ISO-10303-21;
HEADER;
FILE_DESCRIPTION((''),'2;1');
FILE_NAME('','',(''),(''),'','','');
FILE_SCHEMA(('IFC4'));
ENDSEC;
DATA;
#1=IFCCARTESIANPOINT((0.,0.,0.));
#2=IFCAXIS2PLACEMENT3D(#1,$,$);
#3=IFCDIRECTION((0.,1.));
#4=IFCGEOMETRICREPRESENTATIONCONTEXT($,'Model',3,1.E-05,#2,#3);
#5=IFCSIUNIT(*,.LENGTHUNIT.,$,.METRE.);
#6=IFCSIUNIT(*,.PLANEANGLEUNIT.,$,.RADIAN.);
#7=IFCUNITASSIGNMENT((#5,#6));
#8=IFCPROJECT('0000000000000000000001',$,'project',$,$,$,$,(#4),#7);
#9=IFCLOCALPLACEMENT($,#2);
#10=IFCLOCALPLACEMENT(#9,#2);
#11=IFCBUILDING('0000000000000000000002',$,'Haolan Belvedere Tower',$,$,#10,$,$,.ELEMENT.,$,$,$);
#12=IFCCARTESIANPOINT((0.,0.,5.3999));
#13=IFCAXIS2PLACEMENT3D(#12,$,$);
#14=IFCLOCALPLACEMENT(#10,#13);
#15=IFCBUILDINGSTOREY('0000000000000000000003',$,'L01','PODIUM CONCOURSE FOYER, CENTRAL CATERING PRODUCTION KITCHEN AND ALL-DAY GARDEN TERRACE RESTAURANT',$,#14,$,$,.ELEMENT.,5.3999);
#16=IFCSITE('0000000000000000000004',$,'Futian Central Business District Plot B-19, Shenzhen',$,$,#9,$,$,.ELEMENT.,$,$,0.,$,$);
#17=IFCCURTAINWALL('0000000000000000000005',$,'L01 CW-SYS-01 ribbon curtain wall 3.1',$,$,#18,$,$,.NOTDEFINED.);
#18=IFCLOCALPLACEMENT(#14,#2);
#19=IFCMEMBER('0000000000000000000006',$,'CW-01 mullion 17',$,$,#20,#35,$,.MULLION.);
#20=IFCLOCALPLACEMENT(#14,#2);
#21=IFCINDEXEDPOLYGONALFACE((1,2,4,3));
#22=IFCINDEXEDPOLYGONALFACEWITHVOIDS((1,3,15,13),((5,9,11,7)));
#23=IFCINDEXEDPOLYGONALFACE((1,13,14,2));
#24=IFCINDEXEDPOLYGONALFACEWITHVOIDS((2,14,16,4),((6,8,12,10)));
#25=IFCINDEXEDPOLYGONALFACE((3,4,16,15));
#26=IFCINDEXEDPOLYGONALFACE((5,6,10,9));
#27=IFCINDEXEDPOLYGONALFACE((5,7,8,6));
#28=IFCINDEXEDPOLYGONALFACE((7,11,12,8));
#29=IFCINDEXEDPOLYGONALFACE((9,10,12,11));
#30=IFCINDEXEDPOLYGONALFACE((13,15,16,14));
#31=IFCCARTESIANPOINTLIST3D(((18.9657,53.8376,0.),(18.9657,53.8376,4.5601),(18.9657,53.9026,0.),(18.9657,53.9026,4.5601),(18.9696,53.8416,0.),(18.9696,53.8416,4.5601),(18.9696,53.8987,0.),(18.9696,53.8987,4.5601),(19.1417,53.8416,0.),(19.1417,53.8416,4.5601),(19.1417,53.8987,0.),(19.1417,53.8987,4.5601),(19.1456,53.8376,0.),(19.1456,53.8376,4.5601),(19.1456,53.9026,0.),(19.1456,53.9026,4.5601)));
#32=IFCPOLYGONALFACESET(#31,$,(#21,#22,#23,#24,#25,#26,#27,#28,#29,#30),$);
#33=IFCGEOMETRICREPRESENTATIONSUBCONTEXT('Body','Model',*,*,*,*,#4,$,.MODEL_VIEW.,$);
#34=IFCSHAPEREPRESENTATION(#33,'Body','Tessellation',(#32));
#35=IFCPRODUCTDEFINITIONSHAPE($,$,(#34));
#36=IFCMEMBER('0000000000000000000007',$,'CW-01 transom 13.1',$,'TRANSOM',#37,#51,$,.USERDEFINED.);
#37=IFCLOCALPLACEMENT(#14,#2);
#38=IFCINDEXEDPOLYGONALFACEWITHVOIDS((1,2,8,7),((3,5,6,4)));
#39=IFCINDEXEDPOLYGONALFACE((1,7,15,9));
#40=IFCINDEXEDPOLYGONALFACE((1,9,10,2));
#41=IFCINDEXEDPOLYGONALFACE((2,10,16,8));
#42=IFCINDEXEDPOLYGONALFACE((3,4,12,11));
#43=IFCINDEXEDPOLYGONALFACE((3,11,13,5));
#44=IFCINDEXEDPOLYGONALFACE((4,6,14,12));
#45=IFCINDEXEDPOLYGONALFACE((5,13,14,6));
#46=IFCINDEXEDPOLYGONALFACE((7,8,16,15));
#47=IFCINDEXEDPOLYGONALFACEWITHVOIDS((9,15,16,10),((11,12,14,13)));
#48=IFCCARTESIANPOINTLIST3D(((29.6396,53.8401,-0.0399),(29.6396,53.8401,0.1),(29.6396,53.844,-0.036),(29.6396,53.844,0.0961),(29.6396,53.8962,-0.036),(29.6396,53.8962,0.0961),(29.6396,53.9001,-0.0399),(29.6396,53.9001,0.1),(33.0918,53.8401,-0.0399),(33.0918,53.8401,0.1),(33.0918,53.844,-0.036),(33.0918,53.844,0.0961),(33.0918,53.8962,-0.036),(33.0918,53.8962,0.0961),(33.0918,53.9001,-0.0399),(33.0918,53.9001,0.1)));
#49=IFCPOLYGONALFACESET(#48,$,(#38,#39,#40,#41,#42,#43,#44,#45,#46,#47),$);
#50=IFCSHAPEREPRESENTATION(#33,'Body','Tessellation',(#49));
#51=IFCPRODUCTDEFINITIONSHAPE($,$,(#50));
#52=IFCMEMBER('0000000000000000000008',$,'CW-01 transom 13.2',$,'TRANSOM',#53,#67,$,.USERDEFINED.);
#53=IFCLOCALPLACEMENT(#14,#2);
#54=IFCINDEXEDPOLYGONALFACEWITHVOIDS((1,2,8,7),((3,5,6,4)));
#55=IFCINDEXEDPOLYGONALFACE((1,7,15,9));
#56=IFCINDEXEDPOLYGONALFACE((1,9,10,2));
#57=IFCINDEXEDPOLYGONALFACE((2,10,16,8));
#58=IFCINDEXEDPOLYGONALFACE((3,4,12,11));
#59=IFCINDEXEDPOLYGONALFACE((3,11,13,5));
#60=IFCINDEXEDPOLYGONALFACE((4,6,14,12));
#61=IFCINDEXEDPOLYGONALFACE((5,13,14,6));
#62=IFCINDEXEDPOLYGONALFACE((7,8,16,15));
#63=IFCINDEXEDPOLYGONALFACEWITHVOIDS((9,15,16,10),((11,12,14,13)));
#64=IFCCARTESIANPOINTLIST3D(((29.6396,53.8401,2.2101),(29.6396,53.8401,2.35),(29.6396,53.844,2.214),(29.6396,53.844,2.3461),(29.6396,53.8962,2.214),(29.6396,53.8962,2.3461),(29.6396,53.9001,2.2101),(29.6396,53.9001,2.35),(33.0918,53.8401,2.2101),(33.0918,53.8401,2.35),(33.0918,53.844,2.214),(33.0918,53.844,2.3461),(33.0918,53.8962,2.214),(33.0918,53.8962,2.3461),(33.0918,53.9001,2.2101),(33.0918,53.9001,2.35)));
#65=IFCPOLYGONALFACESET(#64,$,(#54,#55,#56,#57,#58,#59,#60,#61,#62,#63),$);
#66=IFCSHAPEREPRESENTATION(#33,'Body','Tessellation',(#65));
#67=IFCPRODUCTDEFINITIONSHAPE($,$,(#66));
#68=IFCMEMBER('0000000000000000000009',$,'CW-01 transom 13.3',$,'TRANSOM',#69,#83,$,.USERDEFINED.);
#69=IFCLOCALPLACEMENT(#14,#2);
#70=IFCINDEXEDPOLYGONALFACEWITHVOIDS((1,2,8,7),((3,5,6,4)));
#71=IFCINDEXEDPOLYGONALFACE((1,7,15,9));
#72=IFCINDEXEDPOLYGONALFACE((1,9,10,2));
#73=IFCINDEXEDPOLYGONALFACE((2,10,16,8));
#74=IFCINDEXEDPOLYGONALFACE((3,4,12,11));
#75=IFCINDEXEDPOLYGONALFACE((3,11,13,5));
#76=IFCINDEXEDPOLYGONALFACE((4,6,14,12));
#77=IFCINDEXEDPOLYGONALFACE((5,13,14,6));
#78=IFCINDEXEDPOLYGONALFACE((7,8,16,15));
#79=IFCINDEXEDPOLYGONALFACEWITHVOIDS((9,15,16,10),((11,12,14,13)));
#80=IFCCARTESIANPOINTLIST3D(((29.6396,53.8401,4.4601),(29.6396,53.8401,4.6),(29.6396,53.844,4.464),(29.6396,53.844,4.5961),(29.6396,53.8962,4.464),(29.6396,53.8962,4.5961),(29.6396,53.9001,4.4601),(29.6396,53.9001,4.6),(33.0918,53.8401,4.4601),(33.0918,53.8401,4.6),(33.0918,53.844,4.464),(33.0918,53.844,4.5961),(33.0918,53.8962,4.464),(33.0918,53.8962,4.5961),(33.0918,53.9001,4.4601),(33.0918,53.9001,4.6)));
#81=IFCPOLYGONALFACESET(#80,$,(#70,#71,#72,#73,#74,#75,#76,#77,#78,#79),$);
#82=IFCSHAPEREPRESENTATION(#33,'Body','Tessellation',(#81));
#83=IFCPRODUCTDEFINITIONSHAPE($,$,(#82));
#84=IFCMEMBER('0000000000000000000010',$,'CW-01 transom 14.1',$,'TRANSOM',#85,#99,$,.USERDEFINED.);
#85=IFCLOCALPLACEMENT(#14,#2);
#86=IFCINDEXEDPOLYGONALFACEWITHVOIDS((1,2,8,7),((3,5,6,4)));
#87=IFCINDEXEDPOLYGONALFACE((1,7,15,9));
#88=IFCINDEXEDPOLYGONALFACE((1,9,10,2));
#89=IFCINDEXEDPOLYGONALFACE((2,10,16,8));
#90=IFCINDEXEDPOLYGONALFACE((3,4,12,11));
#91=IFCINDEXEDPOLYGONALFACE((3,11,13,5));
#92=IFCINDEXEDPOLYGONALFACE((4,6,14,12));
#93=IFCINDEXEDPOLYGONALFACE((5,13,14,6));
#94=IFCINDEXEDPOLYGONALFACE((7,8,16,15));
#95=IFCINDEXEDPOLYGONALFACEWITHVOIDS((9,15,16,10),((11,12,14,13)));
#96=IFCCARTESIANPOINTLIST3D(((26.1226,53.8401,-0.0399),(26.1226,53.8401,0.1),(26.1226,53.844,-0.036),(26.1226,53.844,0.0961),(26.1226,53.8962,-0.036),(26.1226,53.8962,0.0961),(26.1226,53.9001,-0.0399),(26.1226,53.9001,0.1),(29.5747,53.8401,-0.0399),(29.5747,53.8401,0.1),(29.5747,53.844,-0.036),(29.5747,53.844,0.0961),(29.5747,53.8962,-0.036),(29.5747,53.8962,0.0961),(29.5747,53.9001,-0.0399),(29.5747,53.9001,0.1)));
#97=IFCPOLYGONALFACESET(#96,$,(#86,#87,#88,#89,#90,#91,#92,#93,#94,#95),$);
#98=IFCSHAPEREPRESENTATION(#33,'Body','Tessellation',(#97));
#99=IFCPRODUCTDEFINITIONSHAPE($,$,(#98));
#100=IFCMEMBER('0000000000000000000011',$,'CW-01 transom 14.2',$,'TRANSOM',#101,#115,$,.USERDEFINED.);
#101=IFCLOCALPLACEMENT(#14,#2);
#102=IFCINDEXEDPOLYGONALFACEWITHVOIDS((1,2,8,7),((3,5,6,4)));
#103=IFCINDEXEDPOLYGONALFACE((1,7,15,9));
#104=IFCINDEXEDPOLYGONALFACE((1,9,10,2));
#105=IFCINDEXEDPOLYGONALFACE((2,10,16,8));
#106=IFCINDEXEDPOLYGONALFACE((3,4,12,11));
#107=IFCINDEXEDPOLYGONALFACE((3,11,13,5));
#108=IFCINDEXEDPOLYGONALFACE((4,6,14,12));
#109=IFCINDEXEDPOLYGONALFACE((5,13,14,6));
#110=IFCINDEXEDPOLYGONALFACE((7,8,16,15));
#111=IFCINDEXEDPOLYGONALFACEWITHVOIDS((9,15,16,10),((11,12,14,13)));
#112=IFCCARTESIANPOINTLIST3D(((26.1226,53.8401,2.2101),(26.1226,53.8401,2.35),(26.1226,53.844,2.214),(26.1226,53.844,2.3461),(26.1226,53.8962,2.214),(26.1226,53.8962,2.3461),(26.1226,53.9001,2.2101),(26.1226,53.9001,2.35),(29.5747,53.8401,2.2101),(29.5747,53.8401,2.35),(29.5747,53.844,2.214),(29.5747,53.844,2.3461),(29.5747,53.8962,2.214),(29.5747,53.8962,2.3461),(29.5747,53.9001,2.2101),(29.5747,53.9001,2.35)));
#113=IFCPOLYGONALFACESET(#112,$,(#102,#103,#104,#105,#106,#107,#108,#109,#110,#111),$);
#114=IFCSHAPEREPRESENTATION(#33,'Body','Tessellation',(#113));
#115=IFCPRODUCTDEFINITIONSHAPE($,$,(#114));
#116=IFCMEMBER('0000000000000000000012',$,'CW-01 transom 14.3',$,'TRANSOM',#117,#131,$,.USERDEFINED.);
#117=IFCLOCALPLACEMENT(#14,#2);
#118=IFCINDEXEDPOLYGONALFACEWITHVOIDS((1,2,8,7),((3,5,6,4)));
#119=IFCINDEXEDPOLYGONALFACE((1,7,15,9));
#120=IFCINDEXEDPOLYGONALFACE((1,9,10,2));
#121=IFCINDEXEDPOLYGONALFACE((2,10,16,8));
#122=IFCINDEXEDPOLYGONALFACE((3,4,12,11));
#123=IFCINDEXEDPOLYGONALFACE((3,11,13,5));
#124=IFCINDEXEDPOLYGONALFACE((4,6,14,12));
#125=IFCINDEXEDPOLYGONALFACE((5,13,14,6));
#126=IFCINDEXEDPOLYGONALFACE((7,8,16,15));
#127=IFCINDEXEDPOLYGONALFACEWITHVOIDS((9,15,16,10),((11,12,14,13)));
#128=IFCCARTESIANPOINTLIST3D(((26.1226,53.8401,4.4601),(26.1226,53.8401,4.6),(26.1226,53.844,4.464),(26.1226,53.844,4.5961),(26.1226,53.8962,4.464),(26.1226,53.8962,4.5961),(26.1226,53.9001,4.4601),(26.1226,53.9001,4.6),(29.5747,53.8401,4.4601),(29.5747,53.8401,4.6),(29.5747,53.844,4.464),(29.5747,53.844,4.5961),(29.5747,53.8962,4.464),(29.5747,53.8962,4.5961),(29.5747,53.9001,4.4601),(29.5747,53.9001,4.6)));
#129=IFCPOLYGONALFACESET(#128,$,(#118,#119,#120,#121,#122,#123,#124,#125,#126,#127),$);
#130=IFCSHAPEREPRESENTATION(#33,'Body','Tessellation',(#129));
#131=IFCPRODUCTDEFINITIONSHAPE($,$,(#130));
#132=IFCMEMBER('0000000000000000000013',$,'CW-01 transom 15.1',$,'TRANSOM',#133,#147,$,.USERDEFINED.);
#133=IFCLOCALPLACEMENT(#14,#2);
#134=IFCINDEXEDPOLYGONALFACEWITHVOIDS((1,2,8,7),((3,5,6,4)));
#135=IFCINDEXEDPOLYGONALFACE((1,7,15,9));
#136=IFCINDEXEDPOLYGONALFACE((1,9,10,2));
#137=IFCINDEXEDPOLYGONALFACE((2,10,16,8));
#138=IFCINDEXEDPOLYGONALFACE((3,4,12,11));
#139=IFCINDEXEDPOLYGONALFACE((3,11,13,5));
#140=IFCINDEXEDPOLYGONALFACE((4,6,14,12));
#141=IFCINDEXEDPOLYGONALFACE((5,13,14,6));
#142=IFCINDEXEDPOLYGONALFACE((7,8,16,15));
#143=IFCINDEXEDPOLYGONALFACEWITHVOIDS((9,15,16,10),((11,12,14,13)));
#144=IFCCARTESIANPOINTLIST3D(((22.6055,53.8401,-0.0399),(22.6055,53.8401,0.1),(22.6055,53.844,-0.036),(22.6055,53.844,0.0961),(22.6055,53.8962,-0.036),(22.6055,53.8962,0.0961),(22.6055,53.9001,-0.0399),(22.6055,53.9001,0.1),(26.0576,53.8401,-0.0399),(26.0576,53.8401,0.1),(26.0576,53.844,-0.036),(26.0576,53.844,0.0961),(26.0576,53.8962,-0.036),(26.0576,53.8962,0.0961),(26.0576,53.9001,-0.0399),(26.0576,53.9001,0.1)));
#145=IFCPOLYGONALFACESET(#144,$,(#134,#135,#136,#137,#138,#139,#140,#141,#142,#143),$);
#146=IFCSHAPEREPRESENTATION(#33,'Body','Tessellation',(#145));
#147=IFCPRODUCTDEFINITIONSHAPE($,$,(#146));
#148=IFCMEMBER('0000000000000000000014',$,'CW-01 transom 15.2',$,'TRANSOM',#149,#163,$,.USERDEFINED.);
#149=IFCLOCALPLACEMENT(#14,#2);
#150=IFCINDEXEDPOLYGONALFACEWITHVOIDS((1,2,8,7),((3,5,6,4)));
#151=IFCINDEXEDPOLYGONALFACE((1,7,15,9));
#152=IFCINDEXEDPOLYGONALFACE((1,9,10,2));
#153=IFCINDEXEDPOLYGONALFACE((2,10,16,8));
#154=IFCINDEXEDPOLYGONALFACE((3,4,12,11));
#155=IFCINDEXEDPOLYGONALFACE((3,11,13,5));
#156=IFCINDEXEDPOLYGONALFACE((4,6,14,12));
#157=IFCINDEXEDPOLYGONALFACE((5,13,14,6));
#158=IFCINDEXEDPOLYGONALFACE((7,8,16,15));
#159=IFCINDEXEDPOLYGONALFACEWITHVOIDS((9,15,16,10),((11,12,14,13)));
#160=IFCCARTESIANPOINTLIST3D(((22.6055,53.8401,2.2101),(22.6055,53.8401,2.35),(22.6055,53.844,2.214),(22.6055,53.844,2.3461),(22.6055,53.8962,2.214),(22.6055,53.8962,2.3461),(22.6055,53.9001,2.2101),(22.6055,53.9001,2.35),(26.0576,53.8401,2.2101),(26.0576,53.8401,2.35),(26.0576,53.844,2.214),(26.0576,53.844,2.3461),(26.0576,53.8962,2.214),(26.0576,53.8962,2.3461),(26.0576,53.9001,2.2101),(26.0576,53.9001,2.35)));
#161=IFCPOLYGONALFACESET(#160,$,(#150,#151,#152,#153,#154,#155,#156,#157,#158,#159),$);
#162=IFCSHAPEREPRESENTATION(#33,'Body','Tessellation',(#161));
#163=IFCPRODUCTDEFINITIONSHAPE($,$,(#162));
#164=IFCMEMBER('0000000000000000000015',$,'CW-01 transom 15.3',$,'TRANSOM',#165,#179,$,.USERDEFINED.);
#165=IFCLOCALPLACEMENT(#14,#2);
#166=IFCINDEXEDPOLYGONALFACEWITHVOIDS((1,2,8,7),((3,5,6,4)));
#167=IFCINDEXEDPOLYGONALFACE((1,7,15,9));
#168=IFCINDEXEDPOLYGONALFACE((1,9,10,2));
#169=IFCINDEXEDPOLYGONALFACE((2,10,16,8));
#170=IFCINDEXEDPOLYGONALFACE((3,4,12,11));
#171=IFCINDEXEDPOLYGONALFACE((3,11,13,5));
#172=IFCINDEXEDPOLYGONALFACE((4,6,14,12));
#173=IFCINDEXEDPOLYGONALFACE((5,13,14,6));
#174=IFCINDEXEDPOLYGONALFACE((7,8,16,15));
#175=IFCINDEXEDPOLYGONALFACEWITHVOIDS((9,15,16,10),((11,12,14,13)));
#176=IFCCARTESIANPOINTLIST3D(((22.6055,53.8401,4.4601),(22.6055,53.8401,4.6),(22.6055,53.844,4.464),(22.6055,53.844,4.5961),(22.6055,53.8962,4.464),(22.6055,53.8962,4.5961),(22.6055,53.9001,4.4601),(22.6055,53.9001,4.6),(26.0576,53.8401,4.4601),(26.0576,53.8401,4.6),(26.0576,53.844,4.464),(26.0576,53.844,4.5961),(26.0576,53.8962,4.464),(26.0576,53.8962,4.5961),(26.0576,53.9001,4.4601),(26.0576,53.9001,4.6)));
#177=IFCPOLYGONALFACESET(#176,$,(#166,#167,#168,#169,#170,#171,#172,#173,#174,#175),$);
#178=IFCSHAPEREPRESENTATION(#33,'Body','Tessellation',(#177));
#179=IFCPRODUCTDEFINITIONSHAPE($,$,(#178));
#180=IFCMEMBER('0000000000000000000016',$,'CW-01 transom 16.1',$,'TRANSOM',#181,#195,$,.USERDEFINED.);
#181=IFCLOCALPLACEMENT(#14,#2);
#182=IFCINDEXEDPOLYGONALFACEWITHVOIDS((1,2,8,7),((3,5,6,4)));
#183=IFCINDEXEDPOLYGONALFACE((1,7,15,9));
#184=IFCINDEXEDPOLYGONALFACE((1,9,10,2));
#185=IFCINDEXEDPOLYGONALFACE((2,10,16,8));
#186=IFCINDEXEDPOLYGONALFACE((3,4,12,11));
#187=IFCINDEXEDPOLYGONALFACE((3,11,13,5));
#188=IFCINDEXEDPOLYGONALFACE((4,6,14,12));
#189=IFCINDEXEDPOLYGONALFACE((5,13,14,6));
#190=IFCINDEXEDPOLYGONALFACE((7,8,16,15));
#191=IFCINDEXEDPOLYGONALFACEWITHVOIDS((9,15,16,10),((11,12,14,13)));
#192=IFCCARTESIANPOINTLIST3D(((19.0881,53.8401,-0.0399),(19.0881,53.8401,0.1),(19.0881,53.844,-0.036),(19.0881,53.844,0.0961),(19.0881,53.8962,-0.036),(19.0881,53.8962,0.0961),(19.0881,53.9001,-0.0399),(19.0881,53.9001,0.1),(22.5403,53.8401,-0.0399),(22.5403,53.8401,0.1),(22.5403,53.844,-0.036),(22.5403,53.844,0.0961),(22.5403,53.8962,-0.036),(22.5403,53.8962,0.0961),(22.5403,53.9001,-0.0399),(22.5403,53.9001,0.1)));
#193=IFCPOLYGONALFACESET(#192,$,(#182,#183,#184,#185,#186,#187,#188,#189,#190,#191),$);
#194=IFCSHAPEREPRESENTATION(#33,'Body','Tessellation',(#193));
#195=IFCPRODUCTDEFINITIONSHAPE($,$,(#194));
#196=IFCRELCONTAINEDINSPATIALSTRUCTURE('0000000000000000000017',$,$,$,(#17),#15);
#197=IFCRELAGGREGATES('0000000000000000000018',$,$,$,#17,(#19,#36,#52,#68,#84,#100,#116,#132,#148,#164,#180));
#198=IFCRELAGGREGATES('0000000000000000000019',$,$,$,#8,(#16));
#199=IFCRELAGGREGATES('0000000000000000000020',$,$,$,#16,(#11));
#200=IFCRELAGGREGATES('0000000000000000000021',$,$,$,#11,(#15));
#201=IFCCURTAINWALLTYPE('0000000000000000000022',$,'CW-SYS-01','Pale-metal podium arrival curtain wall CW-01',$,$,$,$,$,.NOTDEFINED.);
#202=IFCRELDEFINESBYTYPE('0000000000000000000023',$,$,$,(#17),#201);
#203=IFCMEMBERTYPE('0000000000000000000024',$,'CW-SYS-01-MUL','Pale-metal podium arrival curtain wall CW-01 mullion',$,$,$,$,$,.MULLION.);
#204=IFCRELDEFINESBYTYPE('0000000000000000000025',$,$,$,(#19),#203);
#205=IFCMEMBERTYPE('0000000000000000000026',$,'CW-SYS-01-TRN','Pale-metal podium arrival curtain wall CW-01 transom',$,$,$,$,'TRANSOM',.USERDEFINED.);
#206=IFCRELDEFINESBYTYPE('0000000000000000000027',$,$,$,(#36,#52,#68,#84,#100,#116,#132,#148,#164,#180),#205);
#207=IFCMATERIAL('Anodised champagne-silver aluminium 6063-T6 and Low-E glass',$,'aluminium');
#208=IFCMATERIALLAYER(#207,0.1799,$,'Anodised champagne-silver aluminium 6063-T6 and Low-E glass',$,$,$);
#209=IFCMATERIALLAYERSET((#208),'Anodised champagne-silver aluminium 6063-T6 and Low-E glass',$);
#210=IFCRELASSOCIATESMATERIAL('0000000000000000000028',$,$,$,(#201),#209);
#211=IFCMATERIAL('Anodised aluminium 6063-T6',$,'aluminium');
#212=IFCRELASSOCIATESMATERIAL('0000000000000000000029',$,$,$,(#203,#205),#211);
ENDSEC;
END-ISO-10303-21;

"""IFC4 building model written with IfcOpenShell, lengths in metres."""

from ifc_helpers import new_model, si_unit, direction, frame, origin, origin_2d, place, context, subcontext, project, spatial, hollow_rectangle, extrude, material, layer, layer_set, material_profile, profile_set, type_object, element, aggregate, save


model = new_model("IFC4")

# Units and contexts
model_context = context("Model", 3, precision=1e-05, world=origin(), true_north=direction((0.0, 1.0)))
body_context = subcontext(model_context, "Body", "Model", "MODEL_VIEW")
ifc_project = project(units=[si_unit("LENGTHUNIT", "METRE"), si_unit("PLANEANGLEUNIT", "RADIAN")], contexts=[model_context])

# Site, building, storey
site_placement = place(None, origin())
site = spatial("IfcSite", under=ifc_project, at=site_placement, Name="Futian Central Business District Plot B-19, Shenzhen", CompositionType="ELEMENT", RefElevation=0.0)
building_placement = place(site_placement, origin())
building = spatial("IfcBuilding", under=site, at=building_placement, Name="Haolan Belvedere Tower", CompositionType="ELEMENT")
storey_placement = place(building_placement, frame((0.0, 0.0, 5.3999)))
storey = spatial("IfcBuildingStorey", under=building, at=storey_placement, Name="L01", Description="PODIUM CONCOURSE FOYER, CENTRAL CATERING PRODUCTION KITCHEN AND ALL-DAY GARDEN TERRACE RESTAURANT", CompositionType="ELEMENT", Elevation=5.3999)

# Curtain wall, members
ifc_material_1 = material(Name="Anodised champagne-silver aluminium 6063-T6 and Low-E glass", Category="aluminium")
ifc_layer_1 = layer(ifc_material_1, 0.1799, Name="Anodised champagne-silver aluminium 6063-T6 and Low-E glass")
ifc_layer_set_1 = layer_set([ifc_layer_1], Name="Anodised champagne-silver aluminium 6063-T6 and Low-E glass")
curtain_wall_type = type_object("IfcCurtainWallType", Name="CW-SYS-01", Description="Pale-metal podium arrival curtain wall CW-01", PredefinedType="NOTDEFINED", material=ifc_layer_set_1)
curtain_wall_placement = place(storey_placement, origin())
curtain_wall = element("IfcCurtainWall", 1, at=curtain_wall_placement, inside=storey, type_object=curtain_wall_type, Name="L01 CW-SYS-01 ribbon curtain wall 3.1", PredefinedType="NOTDEFINED")
ifc_material_2 = material(Name="Anodised aluminium 6063-T6", Category="aluminium")
ifc_material_profile_1 = material_profile(ifc_material_2, hollow_rectangle(XDim=0.0649, YDim=0.1799, WallThickness=0.0039, at=origin_2d()), Name="Anodised aluminium 6063-T6")
ifc_profile_set_1 = profile_set([ifc_material_profile_1], Name="Anodised aluminium 6063-T6")
member_type_1 = type_object("IfcMemberType", Name="CW-SYS-01-MUL", Description="Pale-metal podium arrival curtain wall CW-01 mullion", PredefinedType="MULLION", material=ifc_profile_set_1)
member_1_placement = place(storey_placement, frame((19.0557, 53.8701, 0.0), z_axis=(0.0, 0.0, 1.0), x_axis=(0.0, -1.0, 0.0)))
member_1 = element("IfcMember", 2, at=member_1_placement, type_object=member_type_1, Name="CW-01 mullion 17", PredefinedType="MULLION", context=body_context, shape_type="SweptSolid", body=[
    extrude(hollow_rectangle(XDim=0.0649, YDim=0.1799, WallThickness=0.0039, at=origin_2d()), origin(), (0.0, 0.0, 1.0), 4.5601),
])
ifc_material_profile_2 = material_profile(ifc_material_2, hollow_rectangle(XDim=0.0601, YDim=0.1399, WallThickness=0.0039, at=origin_2d()), Name="Anodised aluminium 6063-T6")
ifc_profile_set_2 = profile_set([ifc_material_profile_2], Name="Anodised aluminium 6063-T6")
member_type_2 = type_object("IfcMemberType", Name="CW-SYS-01-TRN", Description="Pale-metal podium arrival curtain wall CW-01 transom", ElementType="TRANSOM", PredefinedType="USERDEFINED", material=ifc_profile_set_2)
member_2_placement = place(storey_placement, frame((33.0918, 53.8701, 0.03), z_axis=(-1.0, 0.0, 0.0), x_axis=(0.0, -1.0, 0.0)))
member_2 = element("IfcMember", 3, at=member_2_placement, type_object=member_type_2, Name="CW-01 transom 13.1", ObjectType="TRANSOM", PredefinedType="USERDEFINED", context=body_context, shape_type="SweptSolid", body=[
    extrude(hollow_rectangle(XDim=0.0601, YDim=0.1399, WallThickness=0.0039, at=origin_2d()), origin(), (0.0, 0.0, 1.0), 3.4521),
])
member_3_placement = place(storey_placement, frame((33.0918, 53.8701, 2.28), z_axis=(-1.0, 0.0, 0.0), x_axis=(0.0, -1.0, 0.0)))
member_3 = element("IfcMember", 4, at=member_3_placement, type_object=member_type_2, Name="CW-01 transom 13.2", ObjectType="TRANSOM", PredefinedType="USERDEFINED", context=body_context, shape_type="SweptSolid", body=[
    extrude(hollow_rectangle(XDim=0.0601, YDim=0.1399, WallThickness=0.0039, at=origin_2d()), origin(), (0.0, 0.0, 1.0), 3.4521),
])
member_4_placement = place(storey_placement, frame((33.0918, 53.8701, 4.53), z_axis=(-1.0, 0.0, 0.0), x_axis=(0.0, -1.0, 0.0)))
member_4 = element("IfcMember", 5, at=member_4_placement, type_object=member_type_2, Name="CW-01 transom 13.3", ObjectType="TRANSOM", PredefinedType="USERDEFINED", context=body_context, shape_type="SweptSolid", body=[
    extrude(hollow_rectangle(XDim=0.0601, YDim=0.1399, WallThickness=0.0039, at=origin_2d()), origin(), (0.0, 0.0, 1.0), 3.4521),
])
member_5_placement = place(storey_placement, frame((29.5747, 53.8701, 0.03), z_axis=(-1.0, 0.0, 0.0), x_axis=(0.0, -1.0, 0.0)))
member_5 = element("IfcMember", 6, at=member_5_placement, type_object=member_type_2, Name="CW-01 transom 14.1", ObjectType="TRANSOM", PredefinedType="USERDEFINED", context=body_context, shape_type="SweptSolid", body=[
    extrude(hollow_rectangle(XDim=0.0601, YDim=0.1399, WallThickness=0.0039, at=origin_2d()), origin(), (0.0, 0.0, 1.0), 3.4521),
])
member_6_placement = place(storey_placement, frame((29.5747, 53.8701, 2.28), z_axis=(-1.0, 0.0, 0.0), x_axis=(0.0, -1.0, 0.0)))
member_6 = element("IfcMember", 7, at=member_6_placement, type_object=member_type_2, Name="CW-01 transom 14.2", ObjectType="TRANSOM", PredefinedType="USERDEFINED", context=body_context, shape_type="SweptSolid", body=[
    extrude(hollow_rectangle(XDim=0.0601, YDim=0.1399, WallThickness=0.0039, at=origin_2d()), origin(), (0.0, 0.0, 1.0), 3.4521),
])
member_7_placement = place(storey_placement, frame((29.5747, 53.8701, 4.53), z_axis=(-1.0, 0.0, 0.0), x_axis=(0.0, -1.0, 0.0)))
member_7 = element("IfcMember", 8, at=member_7_placement, type_object=member_type_2, Name="CW-01 transom 14.3", ObjectType="TRANSOM", PredefinedType="USERDEFINED", context=body_context, shape_type="SweptSolid", body=[
    extrude(hollow_rectangle(XDim=0.0601, YDim=0.1399, WallThickness=0.0039, at=origin_2d()), origin(), (0.0, 0.0, 1.0), 3.4521),
])
member_8_placement = place(storey_placement, frame((26.0576, 53.8701, 0.03), z_axis=(-1.0, 0.0, 0.0), x_axis=(0.0, -1.0, 0.0)))
member_8 = element("IfcMember", 9, at=member_8_placement, type_object=member_type_2, Name="CW-01 transom 15.1", ObjectType="TRANSOM", PredefinedType="USERDEFINED", context=body_context, shape_type="SweptSolid", body=[
    extrude(hollow_rectangle(XDim=0.0601, YDim=0.1399, WallThickness=0.0039, at=origin_2d()), origin(), (0.0, 0.0, 1.0), 3.4521),
])
member_9_placement = place(storey_placement, frame((26.0576, 53.8701, 2.28), z_axis=(-1.0, 0.0, 0.0), x_axis=(0.0, -1.0, 0.0)))
member_9 = element("IfcMember", 10, at=member_9_placement, type_object=member_type_2, Name="CW-01 transom 15.2", ObjectType="TRANSOM", PredefinedType="USERDEFINED", context=body_context, shape_type="SweptSolid", body=[
    extrude(hollow_rectangle(XDim=0.0601, YDim=0.1399, WallThickness=0.0039, at=origin_2d()), origin(), (0.0, 0.0, 1.0), 3.4521),
])
member_10_placement = place(storey_placement, frame((26.0576, 53.8701, 4.53), z_axis=(-1.0, 0.0, 0.0), x_axis=(0.0, -1.0, 0.0)))
member_10 = element("IfcMember", 11, at=member_10_placement, type_object=member_type_2, Name="CW-01 transom 15.3", ObjectType="TRANSOM", PredefinedType="USERDEFINED", context=body_context, shape_type="SweptSolid", body=[
    extrude(hollow_rectangle(XDim=0.0601, YDim=0.1399, WallThickness=0.0039, at=origin_2d()), origin(), (0.0, 0.0, 1.0), 3.4521),
])
member_11_placement = place(storey_placement, frame((22.5403, 53.8701, 0.03), z_axis=(-1.0, 0.0, 0.0), x_axis=(0.0, -1.0, 0.0)))
member_11 = element("IfcMember", 12, at=member_11_placement, type_object=member_type_2, Name="CW-01 transom 16.1", ObjectType="TRANSOM", PredefinedType="USERDEFINED", context=body_context, shape_type="SweptSolid", body=[
    extrude(hollow_rectangle(XDim=0.0601, YDim=0.1399, WallThickness=0.0039, at=origin_2d()), origin(), (0.0, 0.0, 1.0), 3.4521),
])
aggregate(curtain_wall, [member_1, member_2, member_3, member_4, member_5, member_6, member_7, member_8, member_9, member_10, member_11])

save(model, "model.ifc")
